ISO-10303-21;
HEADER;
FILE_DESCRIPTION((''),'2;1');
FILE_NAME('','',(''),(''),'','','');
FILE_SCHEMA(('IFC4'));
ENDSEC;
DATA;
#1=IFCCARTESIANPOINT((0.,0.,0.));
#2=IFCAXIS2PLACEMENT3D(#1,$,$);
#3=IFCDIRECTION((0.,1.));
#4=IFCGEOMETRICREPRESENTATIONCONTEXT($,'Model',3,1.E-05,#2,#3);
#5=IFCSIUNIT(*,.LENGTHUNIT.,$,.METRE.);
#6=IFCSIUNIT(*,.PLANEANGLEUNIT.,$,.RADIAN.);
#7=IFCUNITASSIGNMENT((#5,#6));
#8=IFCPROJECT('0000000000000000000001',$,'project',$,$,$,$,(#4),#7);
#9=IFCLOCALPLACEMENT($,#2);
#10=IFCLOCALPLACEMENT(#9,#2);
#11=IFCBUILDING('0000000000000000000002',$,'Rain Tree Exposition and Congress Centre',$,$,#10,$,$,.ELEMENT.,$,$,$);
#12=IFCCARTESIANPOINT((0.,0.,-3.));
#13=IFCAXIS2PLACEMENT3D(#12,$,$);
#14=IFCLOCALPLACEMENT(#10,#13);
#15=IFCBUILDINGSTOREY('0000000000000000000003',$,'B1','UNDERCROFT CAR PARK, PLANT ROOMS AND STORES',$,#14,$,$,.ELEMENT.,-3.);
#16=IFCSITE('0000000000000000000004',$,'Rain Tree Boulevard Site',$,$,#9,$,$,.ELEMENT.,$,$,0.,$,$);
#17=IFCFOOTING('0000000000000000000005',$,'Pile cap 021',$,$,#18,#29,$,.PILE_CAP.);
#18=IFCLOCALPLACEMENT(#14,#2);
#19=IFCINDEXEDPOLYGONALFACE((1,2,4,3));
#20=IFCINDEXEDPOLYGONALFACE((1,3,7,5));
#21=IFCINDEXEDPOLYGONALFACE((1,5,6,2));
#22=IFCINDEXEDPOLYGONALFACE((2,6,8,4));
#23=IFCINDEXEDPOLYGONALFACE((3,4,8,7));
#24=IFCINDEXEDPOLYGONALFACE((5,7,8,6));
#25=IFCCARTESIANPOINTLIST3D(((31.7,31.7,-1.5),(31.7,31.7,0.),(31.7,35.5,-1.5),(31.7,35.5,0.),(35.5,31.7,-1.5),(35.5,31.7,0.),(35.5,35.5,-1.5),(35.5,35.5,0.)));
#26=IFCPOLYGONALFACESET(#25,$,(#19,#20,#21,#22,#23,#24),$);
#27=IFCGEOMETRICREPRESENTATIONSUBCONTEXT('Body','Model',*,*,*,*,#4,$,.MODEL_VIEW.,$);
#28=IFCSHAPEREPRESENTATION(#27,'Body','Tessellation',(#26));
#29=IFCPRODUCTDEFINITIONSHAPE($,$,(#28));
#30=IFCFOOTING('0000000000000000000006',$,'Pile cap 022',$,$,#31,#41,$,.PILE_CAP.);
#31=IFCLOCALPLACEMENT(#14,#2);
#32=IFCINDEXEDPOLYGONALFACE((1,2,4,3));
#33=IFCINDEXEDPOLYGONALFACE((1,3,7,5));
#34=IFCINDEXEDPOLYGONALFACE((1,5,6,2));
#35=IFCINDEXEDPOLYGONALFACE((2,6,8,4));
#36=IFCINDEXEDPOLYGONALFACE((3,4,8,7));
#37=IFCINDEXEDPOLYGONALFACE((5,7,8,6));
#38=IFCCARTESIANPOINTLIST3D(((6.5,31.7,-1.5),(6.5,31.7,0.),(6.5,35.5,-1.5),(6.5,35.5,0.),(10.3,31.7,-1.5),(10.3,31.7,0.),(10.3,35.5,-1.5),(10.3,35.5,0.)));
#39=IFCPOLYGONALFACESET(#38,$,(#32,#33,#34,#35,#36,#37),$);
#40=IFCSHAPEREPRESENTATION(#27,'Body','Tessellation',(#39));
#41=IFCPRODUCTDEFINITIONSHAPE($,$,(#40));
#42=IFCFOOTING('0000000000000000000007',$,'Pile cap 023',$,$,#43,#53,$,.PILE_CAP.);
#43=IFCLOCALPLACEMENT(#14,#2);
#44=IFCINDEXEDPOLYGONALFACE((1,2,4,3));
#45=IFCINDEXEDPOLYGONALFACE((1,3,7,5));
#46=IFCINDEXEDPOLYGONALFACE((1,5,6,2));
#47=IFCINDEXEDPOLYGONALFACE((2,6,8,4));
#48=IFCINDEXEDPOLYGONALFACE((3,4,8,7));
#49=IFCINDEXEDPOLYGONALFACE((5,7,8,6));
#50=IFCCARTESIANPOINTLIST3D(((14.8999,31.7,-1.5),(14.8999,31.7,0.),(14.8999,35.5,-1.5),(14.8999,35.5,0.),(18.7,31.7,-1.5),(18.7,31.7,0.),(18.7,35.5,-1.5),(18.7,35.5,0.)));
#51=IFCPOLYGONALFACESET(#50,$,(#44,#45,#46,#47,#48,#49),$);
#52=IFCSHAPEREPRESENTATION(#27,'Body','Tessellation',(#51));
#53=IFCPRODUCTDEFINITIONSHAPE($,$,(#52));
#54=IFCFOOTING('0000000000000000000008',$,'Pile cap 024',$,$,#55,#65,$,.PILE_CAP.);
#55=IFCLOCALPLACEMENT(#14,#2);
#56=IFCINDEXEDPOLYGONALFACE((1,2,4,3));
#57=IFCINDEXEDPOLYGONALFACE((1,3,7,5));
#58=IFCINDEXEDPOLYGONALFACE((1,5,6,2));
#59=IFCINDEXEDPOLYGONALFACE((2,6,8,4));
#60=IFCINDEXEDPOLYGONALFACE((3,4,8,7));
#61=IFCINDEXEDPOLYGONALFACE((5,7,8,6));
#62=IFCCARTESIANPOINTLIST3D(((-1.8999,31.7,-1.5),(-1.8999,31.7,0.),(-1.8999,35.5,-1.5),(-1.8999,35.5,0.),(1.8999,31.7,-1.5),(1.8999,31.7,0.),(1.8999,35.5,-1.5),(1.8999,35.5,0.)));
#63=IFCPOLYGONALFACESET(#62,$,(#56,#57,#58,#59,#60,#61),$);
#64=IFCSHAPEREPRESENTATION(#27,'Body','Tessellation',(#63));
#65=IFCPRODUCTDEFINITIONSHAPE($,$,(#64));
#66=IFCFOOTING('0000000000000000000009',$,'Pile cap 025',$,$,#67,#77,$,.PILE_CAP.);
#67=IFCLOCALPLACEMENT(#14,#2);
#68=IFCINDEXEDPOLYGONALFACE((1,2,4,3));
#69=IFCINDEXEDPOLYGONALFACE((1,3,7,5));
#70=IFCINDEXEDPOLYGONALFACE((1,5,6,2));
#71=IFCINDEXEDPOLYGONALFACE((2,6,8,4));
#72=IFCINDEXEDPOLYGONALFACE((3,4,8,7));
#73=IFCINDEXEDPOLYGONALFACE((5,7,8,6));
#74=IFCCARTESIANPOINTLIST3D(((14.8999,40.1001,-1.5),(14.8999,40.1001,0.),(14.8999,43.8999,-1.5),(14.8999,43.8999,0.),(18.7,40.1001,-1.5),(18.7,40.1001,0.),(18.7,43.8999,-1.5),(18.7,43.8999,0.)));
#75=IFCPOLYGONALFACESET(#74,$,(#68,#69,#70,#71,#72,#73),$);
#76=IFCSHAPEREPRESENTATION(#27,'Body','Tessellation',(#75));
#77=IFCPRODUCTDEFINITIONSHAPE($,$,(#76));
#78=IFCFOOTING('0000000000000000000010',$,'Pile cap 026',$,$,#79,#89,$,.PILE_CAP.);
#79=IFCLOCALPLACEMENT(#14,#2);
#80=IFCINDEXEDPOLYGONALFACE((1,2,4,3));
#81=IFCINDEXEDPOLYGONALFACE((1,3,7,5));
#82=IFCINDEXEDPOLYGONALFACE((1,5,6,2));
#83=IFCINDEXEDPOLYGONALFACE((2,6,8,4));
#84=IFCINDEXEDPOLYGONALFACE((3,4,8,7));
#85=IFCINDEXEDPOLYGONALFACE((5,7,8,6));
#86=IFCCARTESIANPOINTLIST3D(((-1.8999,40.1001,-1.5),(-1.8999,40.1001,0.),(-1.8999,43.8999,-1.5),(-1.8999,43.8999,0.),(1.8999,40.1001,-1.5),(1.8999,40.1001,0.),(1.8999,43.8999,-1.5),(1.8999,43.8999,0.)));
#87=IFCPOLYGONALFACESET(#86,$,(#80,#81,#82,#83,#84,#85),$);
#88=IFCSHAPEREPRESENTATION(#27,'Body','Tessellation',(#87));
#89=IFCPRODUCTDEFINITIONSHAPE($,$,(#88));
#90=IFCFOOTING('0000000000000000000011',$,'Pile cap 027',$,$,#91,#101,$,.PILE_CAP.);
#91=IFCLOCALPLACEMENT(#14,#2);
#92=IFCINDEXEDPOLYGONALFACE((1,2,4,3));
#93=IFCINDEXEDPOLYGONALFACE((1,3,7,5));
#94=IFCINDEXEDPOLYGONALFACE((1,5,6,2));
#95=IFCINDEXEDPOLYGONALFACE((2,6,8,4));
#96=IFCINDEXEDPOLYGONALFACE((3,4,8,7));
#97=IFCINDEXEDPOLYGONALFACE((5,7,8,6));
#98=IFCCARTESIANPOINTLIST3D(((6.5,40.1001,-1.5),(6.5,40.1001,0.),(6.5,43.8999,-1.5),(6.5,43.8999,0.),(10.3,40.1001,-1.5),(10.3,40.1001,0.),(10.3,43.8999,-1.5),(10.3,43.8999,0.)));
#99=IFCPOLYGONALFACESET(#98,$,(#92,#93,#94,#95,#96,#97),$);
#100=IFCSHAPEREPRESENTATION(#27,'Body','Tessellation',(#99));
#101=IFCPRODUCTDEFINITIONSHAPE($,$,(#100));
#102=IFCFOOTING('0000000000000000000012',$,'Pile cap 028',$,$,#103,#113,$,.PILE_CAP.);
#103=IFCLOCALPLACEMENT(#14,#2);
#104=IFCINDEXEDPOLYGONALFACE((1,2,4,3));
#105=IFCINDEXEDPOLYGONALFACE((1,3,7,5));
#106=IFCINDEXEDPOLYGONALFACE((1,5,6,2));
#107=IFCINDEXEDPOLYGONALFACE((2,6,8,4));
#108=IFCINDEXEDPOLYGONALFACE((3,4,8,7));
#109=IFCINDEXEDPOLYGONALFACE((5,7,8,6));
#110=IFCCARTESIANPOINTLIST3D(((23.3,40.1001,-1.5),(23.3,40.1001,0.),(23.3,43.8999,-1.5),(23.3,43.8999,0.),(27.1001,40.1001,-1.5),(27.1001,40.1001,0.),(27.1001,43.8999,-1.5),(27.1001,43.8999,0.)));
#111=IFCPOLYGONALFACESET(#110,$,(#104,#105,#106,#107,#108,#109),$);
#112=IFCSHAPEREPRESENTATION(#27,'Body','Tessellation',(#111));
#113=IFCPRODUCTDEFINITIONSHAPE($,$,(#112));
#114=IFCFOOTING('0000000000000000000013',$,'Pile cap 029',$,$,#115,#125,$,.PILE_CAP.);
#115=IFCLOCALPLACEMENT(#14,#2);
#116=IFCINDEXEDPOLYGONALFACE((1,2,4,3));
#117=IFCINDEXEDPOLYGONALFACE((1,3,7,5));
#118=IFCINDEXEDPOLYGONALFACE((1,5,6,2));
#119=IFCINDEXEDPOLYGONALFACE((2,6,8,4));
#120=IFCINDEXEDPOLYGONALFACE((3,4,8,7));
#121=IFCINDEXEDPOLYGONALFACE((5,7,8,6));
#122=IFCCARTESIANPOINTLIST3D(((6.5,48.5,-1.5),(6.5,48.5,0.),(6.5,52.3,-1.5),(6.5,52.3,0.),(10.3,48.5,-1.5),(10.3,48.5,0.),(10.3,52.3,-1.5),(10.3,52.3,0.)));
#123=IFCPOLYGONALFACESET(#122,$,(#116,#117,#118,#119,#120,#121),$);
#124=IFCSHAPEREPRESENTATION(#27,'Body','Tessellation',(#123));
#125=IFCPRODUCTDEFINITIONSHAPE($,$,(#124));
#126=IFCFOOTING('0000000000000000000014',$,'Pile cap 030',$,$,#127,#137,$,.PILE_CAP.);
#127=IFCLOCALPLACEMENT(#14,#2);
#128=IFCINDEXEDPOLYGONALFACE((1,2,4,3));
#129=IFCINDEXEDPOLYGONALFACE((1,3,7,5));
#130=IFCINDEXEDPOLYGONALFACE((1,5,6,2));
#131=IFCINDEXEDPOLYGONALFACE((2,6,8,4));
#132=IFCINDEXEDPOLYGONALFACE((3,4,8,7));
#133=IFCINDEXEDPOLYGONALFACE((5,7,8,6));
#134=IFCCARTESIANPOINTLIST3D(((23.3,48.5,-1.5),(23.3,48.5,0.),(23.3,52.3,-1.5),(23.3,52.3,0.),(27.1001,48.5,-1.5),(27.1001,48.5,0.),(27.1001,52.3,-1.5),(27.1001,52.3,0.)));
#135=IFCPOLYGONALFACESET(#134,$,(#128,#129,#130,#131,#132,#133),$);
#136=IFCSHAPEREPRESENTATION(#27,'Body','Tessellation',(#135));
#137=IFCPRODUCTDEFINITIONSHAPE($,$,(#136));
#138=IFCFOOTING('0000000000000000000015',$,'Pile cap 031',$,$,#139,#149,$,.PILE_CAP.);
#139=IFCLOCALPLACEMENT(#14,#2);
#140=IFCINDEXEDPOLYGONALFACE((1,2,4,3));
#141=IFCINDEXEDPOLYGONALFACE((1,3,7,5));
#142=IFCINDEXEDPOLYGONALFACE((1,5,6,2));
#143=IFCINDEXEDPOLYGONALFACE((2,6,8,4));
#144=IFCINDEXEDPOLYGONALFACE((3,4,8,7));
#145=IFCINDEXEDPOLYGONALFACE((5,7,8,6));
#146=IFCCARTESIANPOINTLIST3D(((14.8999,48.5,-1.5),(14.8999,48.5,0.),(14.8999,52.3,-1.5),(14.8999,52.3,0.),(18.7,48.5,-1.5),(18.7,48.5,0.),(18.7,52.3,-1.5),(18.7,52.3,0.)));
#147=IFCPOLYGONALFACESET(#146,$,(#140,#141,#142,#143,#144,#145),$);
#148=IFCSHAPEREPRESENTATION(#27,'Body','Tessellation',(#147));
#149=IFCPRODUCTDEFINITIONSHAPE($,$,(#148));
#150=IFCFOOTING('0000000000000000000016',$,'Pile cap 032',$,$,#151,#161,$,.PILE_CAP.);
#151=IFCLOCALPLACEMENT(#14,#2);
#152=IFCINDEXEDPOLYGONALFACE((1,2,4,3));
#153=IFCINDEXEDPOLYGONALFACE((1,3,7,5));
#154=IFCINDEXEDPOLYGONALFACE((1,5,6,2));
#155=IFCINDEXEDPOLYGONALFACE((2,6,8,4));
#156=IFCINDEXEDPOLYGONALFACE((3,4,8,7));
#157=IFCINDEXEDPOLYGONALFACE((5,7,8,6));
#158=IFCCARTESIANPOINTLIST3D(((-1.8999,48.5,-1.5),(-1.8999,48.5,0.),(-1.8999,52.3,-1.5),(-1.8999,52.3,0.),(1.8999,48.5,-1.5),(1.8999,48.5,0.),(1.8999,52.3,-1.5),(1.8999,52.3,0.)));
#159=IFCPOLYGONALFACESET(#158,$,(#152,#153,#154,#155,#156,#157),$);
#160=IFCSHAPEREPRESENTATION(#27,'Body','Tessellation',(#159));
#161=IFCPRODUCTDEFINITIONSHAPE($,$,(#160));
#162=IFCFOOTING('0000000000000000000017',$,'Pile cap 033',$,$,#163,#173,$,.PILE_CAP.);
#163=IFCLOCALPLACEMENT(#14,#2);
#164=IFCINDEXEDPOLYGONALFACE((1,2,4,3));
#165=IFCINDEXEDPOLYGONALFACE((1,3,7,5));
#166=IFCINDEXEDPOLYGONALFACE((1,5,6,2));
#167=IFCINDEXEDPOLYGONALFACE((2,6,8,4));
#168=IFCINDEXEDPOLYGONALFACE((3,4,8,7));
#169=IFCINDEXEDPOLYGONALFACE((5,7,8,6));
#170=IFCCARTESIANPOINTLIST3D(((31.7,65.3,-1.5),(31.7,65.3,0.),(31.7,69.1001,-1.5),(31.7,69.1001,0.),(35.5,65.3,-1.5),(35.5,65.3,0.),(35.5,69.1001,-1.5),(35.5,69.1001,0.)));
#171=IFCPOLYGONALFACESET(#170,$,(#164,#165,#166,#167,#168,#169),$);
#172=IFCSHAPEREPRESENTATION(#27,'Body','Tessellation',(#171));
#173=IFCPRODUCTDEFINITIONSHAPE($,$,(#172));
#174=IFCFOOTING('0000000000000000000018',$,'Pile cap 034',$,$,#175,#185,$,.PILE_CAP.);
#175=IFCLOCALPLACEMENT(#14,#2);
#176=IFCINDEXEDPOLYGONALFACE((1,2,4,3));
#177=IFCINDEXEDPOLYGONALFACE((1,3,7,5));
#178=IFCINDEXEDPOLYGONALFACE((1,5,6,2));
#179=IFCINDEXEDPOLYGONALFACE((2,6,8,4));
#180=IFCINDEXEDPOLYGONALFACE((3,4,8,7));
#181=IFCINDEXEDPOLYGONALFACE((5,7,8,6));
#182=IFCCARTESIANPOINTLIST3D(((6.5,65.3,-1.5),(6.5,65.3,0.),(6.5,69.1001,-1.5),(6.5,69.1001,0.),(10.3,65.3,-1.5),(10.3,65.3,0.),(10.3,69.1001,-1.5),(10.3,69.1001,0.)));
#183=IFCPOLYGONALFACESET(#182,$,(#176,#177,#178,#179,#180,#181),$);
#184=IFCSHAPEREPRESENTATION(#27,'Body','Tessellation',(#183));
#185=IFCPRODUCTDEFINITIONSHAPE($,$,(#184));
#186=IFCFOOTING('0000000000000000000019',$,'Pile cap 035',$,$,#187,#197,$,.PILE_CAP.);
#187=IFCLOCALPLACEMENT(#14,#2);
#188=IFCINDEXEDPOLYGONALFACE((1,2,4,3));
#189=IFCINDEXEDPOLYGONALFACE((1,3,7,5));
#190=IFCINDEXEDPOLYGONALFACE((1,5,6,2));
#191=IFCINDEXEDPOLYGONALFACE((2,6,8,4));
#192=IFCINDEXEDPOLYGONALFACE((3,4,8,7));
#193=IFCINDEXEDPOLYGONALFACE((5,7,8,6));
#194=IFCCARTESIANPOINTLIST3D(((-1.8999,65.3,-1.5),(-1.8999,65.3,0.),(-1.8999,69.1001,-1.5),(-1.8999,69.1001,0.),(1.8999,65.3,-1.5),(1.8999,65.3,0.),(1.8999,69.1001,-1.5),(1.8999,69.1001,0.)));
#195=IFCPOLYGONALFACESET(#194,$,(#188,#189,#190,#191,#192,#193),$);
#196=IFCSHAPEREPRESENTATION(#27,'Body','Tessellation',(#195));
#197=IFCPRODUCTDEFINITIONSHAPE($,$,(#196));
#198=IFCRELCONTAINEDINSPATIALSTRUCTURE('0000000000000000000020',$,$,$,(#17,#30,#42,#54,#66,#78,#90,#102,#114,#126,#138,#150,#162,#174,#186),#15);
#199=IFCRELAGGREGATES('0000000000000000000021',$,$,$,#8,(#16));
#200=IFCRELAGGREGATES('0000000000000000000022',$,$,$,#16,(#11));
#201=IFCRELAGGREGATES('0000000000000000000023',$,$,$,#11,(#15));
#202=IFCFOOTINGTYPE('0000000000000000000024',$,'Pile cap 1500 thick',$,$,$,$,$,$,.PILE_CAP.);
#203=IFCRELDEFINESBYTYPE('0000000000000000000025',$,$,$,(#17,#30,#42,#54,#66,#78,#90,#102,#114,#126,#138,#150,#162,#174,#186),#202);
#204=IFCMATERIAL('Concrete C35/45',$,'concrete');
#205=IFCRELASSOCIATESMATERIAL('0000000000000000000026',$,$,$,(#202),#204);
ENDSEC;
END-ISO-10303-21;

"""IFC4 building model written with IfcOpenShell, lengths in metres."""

from ifc_helpers import new_model, si_unit, direction, frame, origin, place, context, subcontext, project, spatial, polyline, outline, extrude, material, type_object, element, save


model = new_model("IFC4")

# Units and contexts
model_context = context("Model", 3, precision=1e-05, world=origin(), true_north=direction((0.0, 1.0)))
body_context = subcontext(model_context, "Body", "Model", "MODEL_VIEW")
ifc_project = project(units=[si_unit("LENGTHUNIT", "METRE"), si_unit("PLANEANGLEUNIT", "RADIAN")], contexts=[model_context])

# Site, building, storey
site_placement = place(None, origin())
site = spatial("IfcSite", under=ifc_project, at=site_placement, Name="Rain Tree Boulevard Site", CompositionType="ELEMENT", RefElevation=0.0)
building_placement = place(site_placement, origin())
building = spatial("IfcBuilding", under=site, at=building_placement, Name="Rain Tree Exposition and Congress Centre", CompositionType="ELEMENT")
storey_placement = place(building_placement, frame((0.0, 0.0, -3.0)))
storey = spatial("IfcBuildingStorey", under=building, at=storey_placement, Name="B1", Description="UNDERCROFT CAR PARK, PLANT ROOMS AND STORES", CompositionType="ELEMENT", Elevation=-3.0)

# Footings
ifc_material_1 = material(Name="Concrete C35/45", Category="concrete")
footing_type_1 = type_object("IfcFootingType", Name="Pile cap 1500 thick", PredefinedType="PILE_CAP", material=ifc_material_1)
footing_1_placement = place(storey_placement, frame((0.0, 0.0, -1.5)))
element("IfcFooting", 1, at=footing_1_placement, inside=storey, type_object=footing_type_1, Name="Pile cap 021", PredefinedType="PILE_CAP", context=body_context, shape_type="SweptSolid", body=[
    extrude(outline(polyline([(35.5, 31.7), (35.5, 35.5), (31.7, 35.5), (31.7, 31.7), (35.5, 31.7)])), origin(), (0.0, 0.0, 1.0), 1.5),
])
footing_2_placement = place(storey_placement, frame((0.0, 0.0, -1.5)))
element("IfcFooting", 2, at=footing_2_placement, inside=storey, type_object=footing_type_1, Name="Pile cap 022", PredefinedType="PILE_CAP", context=body_context, shape_type="SweptSolid", body=[
    extrude(outline(polyline([(10.3, 31.7), (10.3, 35.5), (6.5, 35.5), (6.5, 31.7), (10.3, 31.7)])), origin(), (0.0, 0.0, 1.0), 1.5),
])
footing_3_placement = place(storey_placement, frame((0.0, 0.0, -1.5)))
element("IfcFooting", 3, at=footing_3_placement, inside=storey, type_object=footing_type_1, Name="Pile cap 023", PredefinedType="PILE_CAP", context=body_context, shape_type="SweptSolid", body=[
    extrude(outline(polyline([(18.7, 31.7), (18.7, 35.5), (14.8999, 35.5), (14.8999, 31.7), (18.7, 31.7)])), origin(), (0.0, 0.0, 1.0), 1.5),
])
footing_4_placement = place(storey_placement, frame((0.0, 0.0, -1.5)))
element("IfcFooting", 4, at=footing_4_placement, inside=storey, type_object=footing_type_1, Name="Pile cap 024", PredefinedType="PILE_CAP", context=body_context, shape_type="SweptSolid", body=[
    extrude(outline(polyline([(1.8999, 31.7), (1.8999, 35.5), (-1.8999, 35.5), (-1.8999, 31.7), (1.8999, 31.7)])), origin(), (0.0, 0.0, 1.0), 1.5),
])
footing_5_placement = place(storey_placement, frame((0.0, 0.0, -1.5)))
element("IfcFooting", 5, at=footing_5_placement, inside=storey, type_object=footing_type_1, Name="Pile cap 025", PredefinedType="PILE_CAP", context=body_context, shape_type="SweptSolid", body=[
    extrude(outline(polyline([(18.7, 40.1001), (18.7, 43.8999), (14.8999, 43.8999), (14.8999, 40.1001), (18.7, 40.1001)])), origin(), (0.0, 0.0, 1.0), 1.5),
])
footing_6_placement = place(storey_placement, frame((0.0, 0.0, -1.5)))
element("IfcFooting", 6, at=footing_6_placement, inside=storey, type_object=footing_type_1, Name="Pile cap 026", PredefinedType="PILE_CAP", context=body_context, shape_type="SweptSolid", body=[
    extrude(outline(polyline([(1.8999, 40.1001), (1.8999, 43.8999), (-1.8999, 43.8999), (-1.8999, 40.1001), (1.8999, 40.1001)])), origin(), (0.0, 0.0, 1.0), 1.5),
])
footing_7_placement = place(storey_placement, frame((0.0, 0.0, -1.5)))
element("IfcFooting", 7, at=footing_7_placement, inside=storey, type_object=footing_type_1, Name="Pile cap 027", PredefinedType="PILE_CAP", context=body_context, shape_type="SweptSolid", body=[
    extrude(outline(polyline([(10.3, 40.1001), (10.3, 43.8999), (6.5, 43.8999), (6.5, 40.1001), (10.3, 40.1001)])), origin(), (0.0, 0.0, 1.0), 1.5),
])
footing_8_placement = place(storey_placement, frame((0.0, 0.0, -1.5)))
element("IfcFooting", 8, at=footing_8_placement, inside=storey, type_object=footing_type_1, Name="Pile cap 028", PredefinedType="PILE_CAP", context=body_context, shape_type="SweptSolid", body=[
    extrude(outline(polyline([(27.1001, 40.1001), (27.1001, 43.8999), (23.3, 43.8999), (23.3, 40.1001), (27.1001, 40.1001)])), origin(), (0.0, 0.0, 1.0), 1.5),
])
footing_9_placement = place(storey_placement, frame((0.0, 0.0, -1.5)))
element("IfcFooting", 9, at=footing_9_placement, inside=storey, type_object=footing_type_1, Name="Pile cap 029", PredefinedType="PILE_CAP", context=body_context, shape_type="SweptSolid", body=[
    extrude(outline(polyline([(10.3, 48.5), (10.3, 52.3), (6.5, 52.3), (6.5, 48.5), (10.3, 48.5)])), origin(), (0.0, 0.0, 1.0), 1.5),
])
footing_10_placement = place(storey_placement, frame((0.0, 0.0, -1.5)))
element("IfcFooting", 10, at=footing_10_placement, inside=storey, type_object=footing_type_1, Name="Pile cap 030", PredefinedType="PILE_CAP", context=body_context, shape_type="SweptSolid", body=[
    extrude(outline(polyline([(27.1001, 48.5), (27.1001, 52.3), (23.3, 52.3), (23.3, 48.5), (27.1001, 48.5)])), origin(), (0.0, 0.0, 1.0), 1.5),
])
footing_11_placement = place(storey_placement, frame((0.0, 0.0, -1.5)))
element("IfcFooting", 11, at=footing_11_placement, inside=storey, type_object=footing_type_1, Name="Pile cap 031", PredefinedType="PILE_CAP", context=body_context, shape_type="SweptSolid", body=[
    extrude(outline(polyline([(18.7, 48.5), (18.7, 52.3), (14.8999, 52.3), (14.8999, 48.5), (18.7, 48.5)])), origin(), (0.0, 0.0, 1.0), 1.5),
])
footing_12_placement = place(storey_placement, frame((0.0, 0.0, -1.5)))
element("IfcFooting", 12, at=footing_12_placement, inside=storey, type_object=footing_type_1, Name="Pile cap 032", PredefinedType="PILE_CAP", context=body_context, shape_type="SweptSolid", body=[
    extrude(outline(polyline([(1.8999, 48.5), (1.8999, 52.3), (-1.8999, 52.3), (-1.8999, 48.5), (1.8999, 48.5)])), origin(), (0.0, 0.0, 1.0), 1.5),
])
footing_13_placement = place(storey_placement, frame((0.0, 0.0, -1.5)))
element("IfcFooting", 13, at=footing_13_placement, inside=storey, type_object=footing_type_1, Name="Pile cap 033", PredefinedType="PILE_CAP", context=body_context, shape_type="SweptSolid", body=[
    extrude(outline(polyline([(35.5, 65.3), (35.5, 69.1001), (31.7, 69.1001), (31.7, 65.3), (35.5, 65.3)])), origin(), (0.0, 0.0, 1.0), 1.5),
])
footing_14_placement = place(storey_placement, frame((0.0, 0.0, -1.5)))
element("IfcFooting", 14, at=footing_14_placement, inside=storey, type_object=footing_type_1, Name="Pile cap 034", PredefinedType="PILE_CAP", context=body_context, shape_type="SweptSolid", body=[
    extrude(outline(polyline([(10.3, 65.3), (10.3, 69.1001), (6.5, 69.1001), (6.5, 65.3), (10.3, 65.3)])), origin(), (0.0, 0.0, 1.0), 1.5),
])
footing_15_placement = place(storey_placement, frame((0.0, 0.0, -1.5)))
element("IfcFooting", 15, at=footing_15_placement, inside=storey, type_object=footing_type_1, Name="Pile cap 035", PredefinedType="PILE_CAP", context=body_context, shape_type="SweptSolid", body=[
    extrude(outline(polyline([(1.8999, 65.3), (1.8999, 69.1001), (-1.8999, 69.1001), (-1.8999, 65.3), (1.8999, 65.3)])), origin(), (0.0, 0.0, 1.0), 1.5),
])

save(model, "model.ifc")
